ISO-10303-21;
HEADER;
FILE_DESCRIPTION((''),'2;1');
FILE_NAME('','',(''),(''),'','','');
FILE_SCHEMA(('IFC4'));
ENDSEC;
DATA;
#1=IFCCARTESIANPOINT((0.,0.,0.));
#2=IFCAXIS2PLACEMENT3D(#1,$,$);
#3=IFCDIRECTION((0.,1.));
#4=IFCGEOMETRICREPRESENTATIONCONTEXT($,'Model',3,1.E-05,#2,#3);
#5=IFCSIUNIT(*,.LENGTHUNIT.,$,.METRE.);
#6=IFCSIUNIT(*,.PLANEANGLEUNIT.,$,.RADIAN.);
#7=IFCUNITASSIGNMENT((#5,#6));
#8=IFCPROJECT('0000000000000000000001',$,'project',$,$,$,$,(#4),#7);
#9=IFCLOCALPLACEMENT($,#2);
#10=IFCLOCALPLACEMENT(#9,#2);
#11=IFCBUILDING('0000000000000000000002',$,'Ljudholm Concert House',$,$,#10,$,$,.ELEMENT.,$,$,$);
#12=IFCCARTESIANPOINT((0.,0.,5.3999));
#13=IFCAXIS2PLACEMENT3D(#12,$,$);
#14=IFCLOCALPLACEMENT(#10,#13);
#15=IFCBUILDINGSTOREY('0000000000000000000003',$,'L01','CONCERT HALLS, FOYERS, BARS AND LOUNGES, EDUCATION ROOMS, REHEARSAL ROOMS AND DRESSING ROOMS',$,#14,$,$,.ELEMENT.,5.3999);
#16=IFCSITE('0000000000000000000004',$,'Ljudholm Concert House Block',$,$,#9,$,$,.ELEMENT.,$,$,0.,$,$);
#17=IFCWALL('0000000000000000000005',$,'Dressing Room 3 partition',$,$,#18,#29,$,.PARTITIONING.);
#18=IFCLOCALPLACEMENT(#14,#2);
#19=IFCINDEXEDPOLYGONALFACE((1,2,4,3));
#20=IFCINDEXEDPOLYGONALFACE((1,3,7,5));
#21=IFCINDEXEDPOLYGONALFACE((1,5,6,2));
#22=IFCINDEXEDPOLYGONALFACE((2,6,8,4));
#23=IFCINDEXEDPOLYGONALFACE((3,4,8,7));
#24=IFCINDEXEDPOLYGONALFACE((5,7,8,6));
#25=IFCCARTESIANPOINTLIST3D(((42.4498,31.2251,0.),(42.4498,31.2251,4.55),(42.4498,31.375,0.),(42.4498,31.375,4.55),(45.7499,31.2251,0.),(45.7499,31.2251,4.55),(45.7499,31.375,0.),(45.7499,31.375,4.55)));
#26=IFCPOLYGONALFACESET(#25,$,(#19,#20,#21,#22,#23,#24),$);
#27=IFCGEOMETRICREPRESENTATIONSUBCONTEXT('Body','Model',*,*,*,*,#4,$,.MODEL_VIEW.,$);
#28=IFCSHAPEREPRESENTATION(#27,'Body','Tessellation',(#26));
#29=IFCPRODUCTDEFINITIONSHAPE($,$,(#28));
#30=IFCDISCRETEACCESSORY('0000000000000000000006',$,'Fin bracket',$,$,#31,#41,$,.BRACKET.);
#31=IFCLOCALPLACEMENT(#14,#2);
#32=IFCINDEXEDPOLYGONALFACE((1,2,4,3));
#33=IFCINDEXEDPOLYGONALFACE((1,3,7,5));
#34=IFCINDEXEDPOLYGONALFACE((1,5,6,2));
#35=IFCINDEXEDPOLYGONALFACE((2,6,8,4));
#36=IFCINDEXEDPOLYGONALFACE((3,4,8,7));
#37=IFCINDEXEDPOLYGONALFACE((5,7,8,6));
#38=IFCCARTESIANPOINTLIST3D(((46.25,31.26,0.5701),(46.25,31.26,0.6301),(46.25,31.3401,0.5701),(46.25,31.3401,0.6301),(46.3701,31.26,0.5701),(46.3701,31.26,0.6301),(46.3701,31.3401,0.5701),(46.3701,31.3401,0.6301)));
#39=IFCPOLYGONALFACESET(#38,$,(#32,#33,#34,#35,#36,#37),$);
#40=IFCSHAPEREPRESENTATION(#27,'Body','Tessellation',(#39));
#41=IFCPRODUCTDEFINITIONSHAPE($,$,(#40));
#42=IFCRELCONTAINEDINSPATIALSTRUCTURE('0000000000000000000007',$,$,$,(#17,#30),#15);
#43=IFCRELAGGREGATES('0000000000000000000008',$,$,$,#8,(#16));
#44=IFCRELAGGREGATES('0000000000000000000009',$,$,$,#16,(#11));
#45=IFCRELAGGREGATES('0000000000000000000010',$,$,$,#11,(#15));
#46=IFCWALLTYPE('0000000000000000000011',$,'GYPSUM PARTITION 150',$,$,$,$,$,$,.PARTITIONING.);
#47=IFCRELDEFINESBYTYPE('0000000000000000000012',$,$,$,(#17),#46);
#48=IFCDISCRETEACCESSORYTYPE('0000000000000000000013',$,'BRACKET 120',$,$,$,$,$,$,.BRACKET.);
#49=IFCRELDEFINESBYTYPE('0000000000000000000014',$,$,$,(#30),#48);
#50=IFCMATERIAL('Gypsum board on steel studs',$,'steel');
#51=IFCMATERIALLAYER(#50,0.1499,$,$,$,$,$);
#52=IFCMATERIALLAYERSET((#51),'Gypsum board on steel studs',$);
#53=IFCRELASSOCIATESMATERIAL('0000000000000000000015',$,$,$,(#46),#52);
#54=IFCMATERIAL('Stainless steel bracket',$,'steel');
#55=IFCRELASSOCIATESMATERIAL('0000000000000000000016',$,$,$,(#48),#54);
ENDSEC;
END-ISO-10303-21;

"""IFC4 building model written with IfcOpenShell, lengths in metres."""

from ifc_helpers import new_model, si_unit, direction, frame, frame_2d, origin, origin_2d, place, context, subcontext, project, spatial, rectangle, extrude, material, layer, layer_set, type_object, element, save


model = new_model("IFC4")

# Units and contexts
model_context = context("Model", 3, precision=1e-05, world=origin(), true_north=direction((0.0, 1.0)))
body_context = subcontext(model_context, "Body", "Model", "MODEL_VIEW")
ifc_project = project(units=[si_unit("LENGTHUNIT", "METRE"), si_unit("PLANEANGLEUNIT", "RADIAN")], contexts=[model_context])

# Site, building, storey
site_placement = place(None, origin())
site = spatial("IfcSite", under=ifc_project, at=site_placement, Name="Ljudholm Concert House Block", CompositionType="ELEMENT", RefElevation=0.0)
building_placement = place(site_placement, origin())
building = spatial("IfcBuilding", under=site, at=building_placement, Name="Ljudholm Concert House", CompositionType="ELEMENT")
storey_placement = place(building_placement, frame((0.0, 0.0, 5.3999)))
storey = spatial("IfcBuildingStorey", under=building, at=storey_placement, Name="L01", Description="CONCERT HALLS, FOYERS, BARS AND LOUNGES, EDUCATION ROOMS, REHEARSAL ROOMS AND DRESSING ROOMS", CompositionType="ELEMENT", Elevation=5.3999)

# Shared definitions
ifc_material_1 = material(Name="Gypsum board on steel studs", Category="steel")
ifc_layer_1 = layer(ifc_material_1, 0.1499)
ifc_layer_set_1 = layer_set([ifc_layer_1], Name="Gypsum board on steel studs")
wall_type = type_object("IfcWallType", Name="GYPSUM PARTITION 150", PredefinedType="PARTITIONING", material=ifc_layer_set_1)

# Wall
for number, where, z_axis, x_axis, name in (
    (1, (42.45, 31.3, 0.0), (0.0, 0.0, 1.0), (1.0, 0.0, 0.0), "Dressing Room 3 partition"),
):
    element("IfcWall", number, at=place(storey_placement, frame(where, z_axis=z_axis, x_axis=x_axis)), inside=storey, type_object=wall_type, Name=name, PredefinedType="PARTITIONING", context=body_context, shape_type="SweptSolid", body=[
        extrude(rectangle(XDim=3.3, YDim=0.1499, at=frame_2d((1.6499, 0.0))), origin(), (0.0, 0.0, 1.0), 4.55),
    ])

# Discrete accessory
ifc_material_2 = material(Name="Stainless steel bracket", Category="steel")
discrete_accessory_type = type_object("IfcDiscreteAccessoryType", Name="BRACKET 120", PredefinedType="BRACKET", material=ifc_material_2)
discrete_accessory_placement = place(storey_placement, frame((46.3101, 31.3, 0.5701), z_axis=(0.0, 0.0, 1.0), x_axis=(1.0, 0.0, 0.0)))
element("IfcDiscreteAccessory", 2, at=discrete_accessory_placement, inside=storey, type_object=discrete_accessory_type, Name="Fin bracket", PredefinedType="BRACKET", context=body_context, shape_type="SweptSolid", body=[
    extrude(rectangle(XDim=0.1201, YDim=0.0801, at=origin_2d()), origin(), (0.0, 0.0, 1.0), 0.0601),
])

save(model, "model.ifc")
